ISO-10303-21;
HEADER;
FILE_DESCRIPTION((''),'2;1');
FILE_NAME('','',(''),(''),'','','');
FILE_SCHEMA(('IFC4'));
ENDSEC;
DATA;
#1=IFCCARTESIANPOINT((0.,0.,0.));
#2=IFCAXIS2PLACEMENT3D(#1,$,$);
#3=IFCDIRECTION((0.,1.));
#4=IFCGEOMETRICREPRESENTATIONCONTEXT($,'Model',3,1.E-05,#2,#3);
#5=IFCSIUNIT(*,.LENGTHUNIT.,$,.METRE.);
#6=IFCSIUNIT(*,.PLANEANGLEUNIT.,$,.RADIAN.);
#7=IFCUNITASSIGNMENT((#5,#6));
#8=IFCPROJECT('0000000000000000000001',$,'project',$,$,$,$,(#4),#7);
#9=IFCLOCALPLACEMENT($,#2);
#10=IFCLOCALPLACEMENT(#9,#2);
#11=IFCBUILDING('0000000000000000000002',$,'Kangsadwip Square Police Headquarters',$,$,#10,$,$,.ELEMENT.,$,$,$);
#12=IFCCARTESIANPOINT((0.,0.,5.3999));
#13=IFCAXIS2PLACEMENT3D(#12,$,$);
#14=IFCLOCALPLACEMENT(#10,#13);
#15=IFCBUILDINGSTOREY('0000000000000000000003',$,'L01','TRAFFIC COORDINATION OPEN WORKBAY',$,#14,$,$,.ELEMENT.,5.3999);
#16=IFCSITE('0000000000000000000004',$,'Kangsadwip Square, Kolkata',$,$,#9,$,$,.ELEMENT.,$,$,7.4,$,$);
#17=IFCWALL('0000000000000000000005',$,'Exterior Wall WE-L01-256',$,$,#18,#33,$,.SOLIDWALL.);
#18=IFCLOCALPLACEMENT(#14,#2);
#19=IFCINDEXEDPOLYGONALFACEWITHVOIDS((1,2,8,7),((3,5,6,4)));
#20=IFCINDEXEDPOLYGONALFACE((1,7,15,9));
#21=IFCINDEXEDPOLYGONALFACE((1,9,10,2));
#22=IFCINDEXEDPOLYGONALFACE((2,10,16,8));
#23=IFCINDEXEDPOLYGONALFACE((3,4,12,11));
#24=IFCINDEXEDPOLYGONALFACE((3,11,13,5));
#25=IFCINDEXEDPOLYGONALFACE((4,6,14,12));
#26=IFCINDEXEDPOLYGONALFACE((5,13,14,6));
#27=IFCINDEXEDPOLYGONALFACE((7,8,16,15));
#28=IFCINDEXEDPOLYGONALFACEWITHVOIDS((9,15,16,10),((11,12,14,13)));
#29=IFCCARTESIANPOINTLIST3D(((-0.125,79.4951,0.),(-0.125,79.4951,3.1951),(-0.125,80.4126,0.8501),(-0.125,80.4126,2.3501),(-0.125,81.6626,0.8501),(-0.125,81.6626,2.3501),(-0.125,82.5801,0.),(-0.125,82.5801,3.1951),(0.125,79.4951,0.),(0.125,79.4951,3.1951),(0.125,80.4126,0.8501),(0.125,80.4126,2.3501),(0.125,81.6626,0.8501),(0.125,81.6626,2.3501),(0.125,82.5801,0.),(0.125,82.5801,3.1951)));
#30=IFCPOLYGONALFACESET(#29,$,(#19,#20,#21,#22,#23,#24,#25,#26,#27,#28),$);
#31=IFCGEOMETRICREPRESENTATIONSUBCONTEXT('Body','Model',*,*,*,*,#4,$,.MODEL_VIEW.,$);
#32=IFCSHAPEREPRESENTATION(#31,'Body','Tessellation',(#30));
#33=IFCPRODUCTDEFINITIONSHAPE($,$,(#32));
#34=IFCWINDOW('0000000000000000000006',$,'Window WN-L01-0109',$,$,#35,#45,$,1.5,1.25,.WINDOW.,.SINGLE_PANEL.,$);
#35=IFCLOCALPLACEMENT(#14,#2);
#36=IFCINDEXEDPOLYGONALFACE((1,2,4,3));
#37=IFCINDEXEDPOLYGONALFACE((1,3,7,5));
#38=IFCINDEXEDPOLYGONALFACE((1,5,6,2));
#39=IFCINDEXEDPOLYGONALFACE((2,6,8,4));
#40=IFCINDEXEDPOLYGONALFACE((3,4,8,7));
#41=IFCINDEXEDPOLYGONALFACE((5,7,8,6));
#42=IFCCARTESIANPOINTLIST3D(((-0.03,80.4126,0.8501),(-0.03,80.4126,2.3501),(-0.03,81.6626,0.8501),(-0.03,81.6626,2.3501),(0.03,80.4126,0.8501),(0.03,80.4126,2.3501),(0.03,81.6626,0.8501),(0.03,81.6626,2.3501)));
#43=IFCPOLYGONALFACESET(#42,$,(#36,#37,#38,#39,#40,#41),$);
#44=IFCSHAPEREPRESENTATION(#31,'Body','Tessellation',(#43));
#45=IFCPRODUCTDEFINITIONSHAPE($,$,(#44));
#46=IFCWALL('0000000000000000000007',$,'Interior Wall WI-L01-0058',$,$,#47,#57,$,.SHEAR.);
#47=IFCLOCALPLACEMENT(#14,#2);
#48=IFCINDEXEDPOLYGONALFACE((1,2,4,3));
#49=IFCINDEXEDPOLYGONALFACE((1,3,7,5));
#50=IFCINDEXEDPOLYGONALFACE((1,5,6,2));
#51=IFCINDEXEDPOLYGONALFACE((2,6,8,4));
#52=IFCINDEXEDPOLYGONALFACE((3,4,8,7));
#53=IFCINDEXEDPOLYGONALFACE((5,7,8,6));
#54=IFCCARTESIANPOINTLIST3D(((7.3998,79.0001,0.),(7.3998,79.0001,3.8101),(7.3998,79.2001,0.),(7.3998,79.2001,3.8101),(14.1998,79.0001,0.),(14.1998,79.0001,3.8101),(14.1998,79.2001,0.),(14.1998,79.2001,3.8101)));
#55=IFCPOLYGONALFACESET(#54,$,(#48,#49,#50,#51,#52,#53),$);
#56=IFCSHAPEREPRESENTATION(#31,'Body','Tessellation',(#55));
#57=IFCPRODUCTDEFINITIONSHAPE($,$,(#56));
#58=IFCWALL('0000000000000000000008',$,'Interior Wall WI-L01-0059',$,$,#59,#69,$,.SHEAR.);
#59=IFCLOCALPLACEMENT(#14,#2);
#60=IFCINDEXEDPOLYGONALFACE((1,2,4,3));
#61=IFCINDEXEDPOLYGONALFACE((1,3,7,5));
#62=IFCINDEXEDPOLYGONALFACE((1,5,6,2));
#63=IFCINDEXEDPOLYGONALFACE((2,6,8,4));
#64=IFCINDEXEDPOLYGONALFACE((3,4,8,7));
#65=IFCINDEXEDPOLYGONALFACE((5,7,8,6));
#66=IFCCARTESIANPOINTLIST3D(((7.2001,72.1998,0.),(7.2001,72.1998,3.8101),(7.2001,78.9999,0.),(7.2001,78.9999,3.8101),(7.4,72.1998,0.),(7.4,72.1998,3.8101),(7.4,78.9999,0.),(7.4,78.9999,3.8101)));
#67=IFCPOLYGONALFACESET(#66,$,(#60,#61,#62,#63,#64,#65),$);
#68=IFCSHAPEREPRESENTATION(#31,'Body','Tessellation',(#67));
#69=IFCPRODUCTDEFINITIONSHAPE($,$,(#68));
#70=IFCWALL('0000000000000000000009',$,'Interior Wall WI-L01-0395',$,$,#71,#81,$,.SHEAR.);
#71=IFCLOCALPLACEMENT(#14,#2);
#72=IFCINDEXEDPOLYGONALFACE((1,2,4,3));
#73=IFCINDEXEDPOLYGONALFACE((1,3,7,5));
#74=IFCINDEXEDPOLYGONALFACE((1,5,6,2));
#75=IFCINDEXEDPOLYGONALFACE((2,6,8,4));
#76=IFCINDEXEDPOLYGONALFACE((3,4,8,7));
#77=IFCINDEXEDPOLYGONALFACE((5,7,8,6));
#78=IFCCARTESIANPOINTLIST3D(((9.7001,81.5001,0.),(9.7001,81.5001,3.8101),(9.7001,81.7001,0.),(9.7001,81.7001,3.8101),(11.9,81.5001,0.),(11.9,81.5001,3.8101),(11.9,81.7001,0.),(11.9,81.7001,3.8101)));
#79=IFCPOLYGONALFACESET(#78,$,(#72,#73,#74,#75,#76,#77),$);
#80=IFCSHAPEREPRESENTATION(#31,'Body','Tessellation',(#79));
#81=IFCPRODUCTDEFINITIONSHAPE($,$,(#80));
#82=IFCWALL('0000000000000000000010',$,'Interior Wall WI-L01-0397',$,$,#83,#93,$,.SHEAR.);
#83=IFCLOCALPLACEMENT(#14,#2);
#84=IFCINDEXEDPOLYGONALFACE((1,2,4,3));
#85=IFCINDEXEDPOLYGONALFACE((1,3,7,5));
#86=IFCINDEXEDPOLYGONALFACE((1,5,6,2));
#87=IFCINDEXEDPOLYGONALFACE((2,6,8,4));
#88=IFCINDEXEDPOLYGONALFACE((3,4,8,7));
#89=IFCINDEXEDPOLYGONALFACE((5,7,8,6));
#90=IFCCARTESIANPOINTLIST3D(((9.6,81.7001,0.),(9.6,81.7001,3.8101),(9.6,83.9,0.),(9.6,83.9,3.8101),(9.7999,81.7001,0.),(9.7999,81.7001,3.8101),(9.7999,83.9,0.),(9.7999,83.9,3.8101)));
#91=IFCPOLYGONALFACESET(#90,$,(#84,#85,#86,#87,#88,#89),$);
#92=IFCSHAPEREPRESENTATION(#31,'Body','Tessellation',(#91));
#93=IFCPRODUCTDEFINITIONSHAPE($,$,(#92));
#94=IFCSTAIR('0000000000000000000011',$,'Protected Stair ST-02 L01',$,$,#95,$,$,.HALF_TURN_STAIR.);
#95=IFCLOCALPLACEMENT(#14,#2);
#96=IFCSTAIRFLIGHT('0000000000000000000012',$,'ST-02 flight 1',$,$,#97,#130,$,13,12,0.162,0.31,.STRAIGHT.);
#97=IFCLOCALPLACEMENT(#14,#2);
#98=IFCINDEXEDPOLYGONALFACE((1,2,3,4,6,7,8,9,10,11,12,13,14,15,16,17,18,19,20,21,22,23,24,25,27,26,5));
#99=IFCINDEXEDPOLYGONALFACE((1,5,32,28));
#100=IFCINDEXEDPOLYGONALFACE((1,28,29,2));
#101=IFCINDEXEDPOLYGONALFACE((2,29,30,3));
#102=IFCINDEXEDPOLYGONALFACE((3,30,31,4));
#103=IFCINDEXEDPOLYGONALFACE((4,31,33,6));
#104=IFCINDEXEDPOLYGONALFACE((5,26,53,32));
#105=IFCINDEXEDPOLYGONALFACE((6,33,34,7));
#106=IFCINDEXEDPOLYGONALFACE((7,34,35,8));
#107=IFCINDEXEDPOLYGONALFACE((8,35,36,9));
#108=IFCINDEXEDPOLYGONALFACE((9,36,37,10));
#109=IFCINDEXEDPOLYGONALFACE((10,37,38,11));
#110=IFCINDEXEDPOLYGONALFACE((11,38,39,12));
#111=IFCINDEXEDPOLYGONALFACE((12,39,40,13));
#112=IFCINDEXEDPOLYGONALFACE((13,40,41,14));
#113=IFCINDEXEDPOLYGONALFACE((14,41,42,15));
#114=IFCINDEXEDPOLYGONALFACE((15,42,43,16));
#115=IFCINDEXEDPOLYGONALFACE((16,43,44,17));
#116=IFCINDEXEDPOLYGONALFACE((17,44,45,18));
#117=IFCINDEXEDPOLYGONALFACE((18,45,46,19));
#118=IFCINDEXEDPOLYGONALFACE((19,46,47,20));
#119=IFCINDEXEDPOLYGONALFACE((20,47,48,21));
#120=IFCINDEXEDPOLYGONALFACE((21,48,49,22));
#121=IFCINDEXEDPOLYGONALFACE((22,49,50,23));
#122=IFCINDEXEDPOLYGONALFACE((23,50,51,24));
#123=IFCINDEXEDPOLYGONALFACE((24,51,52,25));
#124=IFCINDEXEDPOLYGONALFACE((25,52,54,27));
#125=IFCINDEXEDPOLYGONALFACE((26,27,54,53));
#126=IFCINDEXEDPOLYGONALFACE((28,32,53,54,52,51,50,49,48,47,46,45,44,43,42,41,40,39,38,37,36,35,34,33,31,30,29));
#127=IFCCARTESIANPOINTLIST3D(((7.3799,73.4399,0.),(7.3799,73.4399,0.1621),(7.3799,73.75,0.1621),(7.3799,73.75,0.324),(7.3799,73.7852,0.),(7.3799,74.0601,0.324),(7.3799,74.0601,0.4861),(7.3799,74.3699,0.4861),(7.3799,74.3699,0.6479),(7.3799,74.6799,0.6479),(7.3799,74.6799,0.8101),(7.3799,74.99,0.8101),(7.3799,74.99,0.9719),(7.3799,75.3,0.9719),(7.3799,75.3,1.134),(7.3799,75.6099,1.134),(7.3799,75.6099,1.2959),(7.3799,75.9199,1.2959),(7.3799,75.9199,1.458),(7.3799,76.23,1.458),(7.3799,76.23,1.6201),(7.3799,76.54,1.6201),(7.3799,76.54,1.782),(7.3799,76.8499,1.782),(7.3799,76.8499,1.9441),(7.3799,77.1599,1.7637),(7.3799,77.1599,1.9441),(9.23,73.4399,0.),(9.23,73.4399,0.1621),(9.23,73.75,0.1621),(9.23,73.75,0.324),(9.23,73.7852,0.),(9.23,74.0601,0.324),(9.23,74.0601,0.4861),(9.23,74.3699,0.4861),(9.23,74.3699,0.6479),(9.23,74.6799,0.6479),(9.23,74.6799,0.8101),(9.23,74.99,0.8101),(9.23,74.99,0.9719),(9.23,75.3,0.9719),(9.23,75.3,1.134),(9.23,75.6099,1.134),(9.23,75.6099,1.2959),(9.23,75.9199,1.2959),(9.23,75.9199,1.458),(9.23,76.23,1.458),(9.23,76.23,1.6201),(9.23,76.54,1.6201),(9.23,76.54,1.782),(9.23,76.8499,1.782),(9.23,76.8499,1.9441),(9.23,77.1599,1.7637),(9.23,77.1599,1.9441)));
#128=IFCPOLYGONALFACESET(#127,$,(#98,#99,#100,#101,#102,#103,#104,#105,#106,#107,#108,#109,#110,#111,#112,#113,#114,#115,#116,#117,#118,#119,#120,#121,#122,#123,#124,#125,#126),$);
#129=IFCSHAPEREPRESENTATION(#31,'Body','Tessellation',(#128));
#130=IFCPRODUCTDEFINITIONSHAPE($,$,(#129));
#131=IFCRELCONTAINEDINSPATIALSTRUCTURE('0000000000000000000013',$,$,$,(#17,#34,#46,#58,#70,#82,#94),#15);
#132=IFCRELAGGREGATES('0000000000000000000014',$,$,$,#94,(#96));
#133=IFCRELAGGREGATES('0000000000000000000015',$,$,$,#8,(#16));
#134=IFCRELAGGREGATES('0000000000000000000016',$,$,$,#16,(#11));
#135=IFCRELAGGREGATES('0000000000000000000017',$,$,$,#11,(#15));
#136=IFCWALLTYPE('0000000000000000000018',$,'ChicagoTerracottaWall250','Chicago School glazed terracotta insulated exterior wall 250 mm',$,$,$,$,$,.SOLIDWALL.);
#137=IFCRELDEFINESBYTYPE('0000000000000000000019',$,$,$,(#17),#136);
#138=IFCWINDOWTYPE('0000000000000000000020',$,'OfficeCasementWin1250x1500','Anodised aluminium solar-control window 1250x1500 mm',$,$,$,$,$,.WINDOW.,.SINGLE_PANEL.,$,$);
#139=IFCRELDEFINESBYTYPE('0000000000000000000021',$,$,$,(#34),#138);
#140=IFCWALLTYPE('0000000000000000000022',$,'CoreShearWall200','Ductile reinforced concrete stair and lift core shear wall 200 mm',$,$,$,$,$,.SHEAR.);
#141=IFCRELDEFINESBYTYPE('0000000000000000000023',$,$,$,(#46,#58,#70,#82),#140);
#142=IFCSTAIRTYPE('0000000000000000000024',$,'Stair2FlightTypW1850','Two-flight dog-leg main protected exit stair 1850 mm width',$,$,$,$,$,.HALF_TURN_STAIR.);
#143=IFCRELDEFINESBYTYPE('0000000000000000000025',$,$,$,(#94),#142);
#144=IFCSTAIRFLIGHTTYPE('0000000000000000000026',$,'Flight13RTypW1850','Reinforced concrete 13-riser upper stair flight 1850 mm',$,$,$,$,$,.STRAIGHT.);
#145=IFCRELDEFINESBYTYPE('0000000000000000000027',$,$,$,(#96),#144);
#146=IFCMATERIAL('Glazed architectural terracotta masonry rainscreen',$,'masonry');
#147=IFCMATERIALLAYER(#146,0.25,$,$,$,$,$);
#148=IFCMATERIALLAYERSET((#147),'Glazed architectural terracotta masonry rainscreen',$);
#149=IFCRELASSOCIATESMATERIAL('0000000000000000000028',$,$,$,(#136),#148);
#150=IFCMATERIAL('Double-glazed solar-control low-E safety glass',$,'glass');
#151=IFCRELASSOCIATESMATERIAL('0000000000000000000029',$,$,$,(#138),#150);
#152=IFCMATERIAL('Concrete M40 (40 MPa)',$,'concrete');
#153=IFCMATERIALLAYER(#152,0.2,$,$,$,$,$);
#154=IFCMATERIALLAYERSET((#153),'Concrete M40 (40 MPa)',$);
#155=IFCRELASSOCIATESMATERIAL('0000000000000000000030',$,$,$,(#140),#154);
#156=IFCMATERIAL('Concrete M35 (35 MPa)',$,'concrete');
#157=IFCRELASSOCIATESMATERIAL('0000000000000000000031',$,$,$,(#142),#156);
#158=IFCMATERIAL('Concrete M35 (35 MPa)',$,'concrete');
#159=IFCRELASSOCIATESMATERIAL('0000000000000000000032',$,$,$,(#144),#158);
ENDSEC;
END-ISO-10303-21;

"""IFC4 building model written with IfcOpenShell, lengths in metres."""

from ifc_helpers import new_model, si_unit, direction, frame, frame_2d, origin, place, context, subcontext, project, spatial, polyline, rectangle, outline, extrude, material, layer, layer_set, type_object, element, fill, aggregate, save


model = new_model("IFC4")

# Units and contexts
model_context = context("Model", 3, precision=1e-05, world=origin(), true_north=direction((0.0, 1.0)))
body_context = subcontext(model_context, "Body", "Model", "MODEL_VIEW")
ifc_project = project(units=[si_unit("LENGTHUNIT", "METRE"), si_unit("PLANEANGLEUNIT", "RADIAN")], contexts=[model_context])

# Site, building, storey
site_placement = place(None, origin())
site = spatial("IfcSite", under=ifc_project, at=site_placement, Name="Kangsadwip Square, Kolkata", CompositionType="ELEMENT", RefElevation=7.4)
building_placement = place(site_placement, origin())
building = spatial("IfcBuilding", under=site, at=building_placement, Name="Kangsadwip Square Police Headquarters", CompositionType="ELEMENT")
storey_placement = place(building_placement, frame((0.0, 0.0, 5.3999)))
storey = spatial("IfcBuildingStorey", under=building, at=storey_placement, Name="L01", Description="TRAFFIC COORDINATION OPEN WORKBAY", CompositionType="ELEMENT", Elevation=5.3999)

# Wall, opening, window
ifc_material_1 = material(Name="Glazed architectural terracotta masonry rainscreen", Category="masonry")
ifc_layer_1 = layer(ifc_material_1, 0.25)
ifc_layer_set_1 = layer_set([ifc_layer_1], Name="Glazed architectural terracotta masonry rainscreen")
wall_type_1 = type_object("IfcWallType", Name="ChicagoTerracottaWall250", Description="Chicago School glazed terracotta insulated exterior wall 250 mm", PredefinedType="SOLIDWALL", material=ifc_layer_set_1)
wall_1_placement = place(storey_placement, frame((0.0, 79.4951, 0.0), z_axis=(0.0, 0.0, 1.0), x_axis=(0.0, 1.0, 0.0)))
wall_1 = element("IfcWall", 1, at=wall_1_placement, inside=storey, type_object=wall_type_1, Name="Exterior Wall WE-L01-256", PredefinedType="SOLIDWALL", context=body_context, shape_type="SweptSolid", body=[
    extrude(rectangle(XDim=3.085, YDim=0.25, at=frame_2d((1.5425, 0.0))), origin(), (0.0, 0.0, 1.0), 3.1951),
])
opening_1_placement = place(wall_1_placement, frame((0.9175, 0.0, 0.8501)))
opening_1 = element("IfcOpeningElement", 2, at=opening_1_placement, cuts=wall_1, PredefinedType="OPENING", context=body_context, shape_type="SweptSolid", body=[
    extrude(rectangle(XDim=1.25, YDim=1.5, at=frame_2d((0.625, 0.75))), frame((0.0, 0.135, 0.0), z_axis=(0.0, -1.0, 0.0), x_axis=(1.0, 0.0, 0.0)), (0.0, 0.0, 1.0), 0.27),
])
ifc_material_2 = material(Name="Double-glazed solar-control low-E safety glass", Category="glass")
window_type_1 = type_object("IfcWindowType", Name="OfficeCasementWin1250x1500", Description="Anodised aluminium solar-control window 1250x1500 mm", PartitioningType="SINGLE_PANEL", PredefinedType="WINDOW", material=ifc_material_2)
window_1_placement = place(opening_1_placement, origin())
window_1 = element("IfcWindow", 3, at=window_1_placement, inside=storey, type_object=window_type_1, Name="Window WN-L01-0109", OverallHeight=1.5, OverallWidth=1.25, PartitioningType="SINGLE_PANEL", PredefinedType="WINDOW", context=body_context, shape_type="SweptSolid", body=[
    extrude(rectangle(XDim=1.25, YDim=1.5, at=frame_2d((0.625, 0.75))), frame((0.0, 0.03, 0.0), z_axis=(0.0, -1.0, 0.0), x_axis=(1.0, 0.0, 0.0)), (0.0, 0.0, 1.0), 0.0601),
])
fill(opening_1, window_1)

# Walls
ifc_material_3 = material(Name="Concrete M40 (40 MPa)", Category="concrete")
ifc_layer_2 = layer(ifc_material_3, 0.2)
ifc_layer_set_2 = layer_set([ifc_layer_2], Name="Concrete M40 (40 MPa)")
wall_type_2 = type_object("IfcWallType", Name="CoreShearWall200", Description="Ductile reinforced concrete stair and lift core shear wall 200 mm", PredefinedType="SHEAR", material=ifc_layer_set_2)
for number, where, z_axis, x_axis, name in (
    (4, (7.3999, 79.1001, 0.0), (0.0, 0.0, 1.0), (1.0, 0.0, 0.0), "Interior Wall WI-L01-0058"),
    (5, (7.3, 72.2, 0.0), (0.0, 0.0, 1.0), (0.0, 1.0, 0.0), "Interior Wall WI-L01-0059"),
):
    element("IfcWall", number, at=place(storey_placement, frame(where, z_axis=z_axis, x_axis=x_axis)), inside=storey, type_object=wall_type_2, Name=name, PredefinedType="SHEAR", context=body_context, shape_type="SweptSolid", body=[
        extrude(rectangle(XDim=6.8, YDim=0.2, at=frame_2d((3.3999, 0.0))), origin(), (0.0, 0.0, 1.0), 3.8101),
    ])
for number, where, z_axis, x_axis, name in (
    (6, (9.7, 81.6001, 0.0), (0.0, 0.0, 1.0), (1.0, 0.0, 0.0), "Interior Wall WI-L01-0395"),
    (7, (9.7, 81.7, 0.0), (0.0, 0.0, 1.0), (0.0, 1.0, 0.0), "Interior Wall WI-L01-0397"),
):
    element("IfcWall", number, at=place(storey_placement, frame(where, z_axis=z_axis, x_axis=x_axis)), inside=storey, type_object=wall_type_2, Name=name, PredefinedType="SHEAR", context=body_context, shape_type="SweptSolid", body=[
        extrude(rectangle(XDim=2.2, YDim=0.2, at=frame_2d((1.1001, 0.0))), origin(), (0.0, 0.0, 1.0), 3.8101),
    ])

# Stair, stair flight
ifc_material_4 = material(Name="Concrete M35 (35 MPa)", Category="concrete")
stair_type = type_object("IfcStairType", Name="Stair2FlightTypW1850", Description="Two-flight dog-leg main protected exit stair 1850 mm width", PredefinedType="HALF_TURN_STAIR", material=ifc_material_4)
stair_placement = place(storey_placement, origin())
stair = element("IfcStair", 8, at=stair_placement, inside=storey, type_object=stair_type, Name="Protected Stair ST-02 L01", PredefinedType="HALF_TURN_STAIR")
ifc_material_5 = material(Name="Concrete M35 (35 MPa)", Category="concrete")
stair_flight_type = type_object("IfcStairFlightType", Name="Flight13RTypW1850", Description="Reinforced concrete 13-riser upper stair flight 1850 mm", PredefinedType="STRAIGHT", material=ifc_material_5)
stair_flight_placement = place(storey_placement, frame((8.3049, 73.4399, 0.0), z_axis=(0.0, 0.0, 1.0), x_axis=(0.0, 1.0, 0.0)))
stair_flight = element("IfcStairFlight", 9, at=stair_flight_placement, type_object=stair_flight_type, Name="ST-02 flight 1", NumberOfRisers=13, NumberOfTreads=12, PredefinedType="STRAIGHT", RiserHeight=0.162, TreadLength=0.31, context=body_context, shape_type="SweptSolid", body=[
    extrude(outline(polyline([(0.0, 0.0), (0.0, 0.1621), (0.3101, 0.1621), (0.3101, 0.324), (0.6201, 0.324), (0.6201, 0.4861), (0.9299, 0.4861), (0.9299, 0.6479), (1.24, 0.6479), (1.24, 0.8101), (1.55, 0.8101), (1.55, 0.9719), (1.8601, 0.9719), (1.8601, 1.134), (2.1699, 1.134), (2.1699, 1.2959), (2.48, 1.2959), (2.48, 1.458), (2.79, 1.458), (2.79, 1.6201), (3.1001, 1.6201), (3.1001, 1.782), (3.4099, 1.782), (3.4099, 1.9441), (3.72, 1.9441), (3.72, 2.106), (3.72, 1.7637), (0.3452, 0.0), (0.0, 0.0)])), frame((0.0, 0.925, 0.0), z_axis=(0.0, -1.0, 0.0), x_axis=(1.0, 0.0, 0.0)), (0.0, 0.0, 1.0), 1.8501),
])
aggregate(stair, [stair_flight])

save(model, "model.ifc")
